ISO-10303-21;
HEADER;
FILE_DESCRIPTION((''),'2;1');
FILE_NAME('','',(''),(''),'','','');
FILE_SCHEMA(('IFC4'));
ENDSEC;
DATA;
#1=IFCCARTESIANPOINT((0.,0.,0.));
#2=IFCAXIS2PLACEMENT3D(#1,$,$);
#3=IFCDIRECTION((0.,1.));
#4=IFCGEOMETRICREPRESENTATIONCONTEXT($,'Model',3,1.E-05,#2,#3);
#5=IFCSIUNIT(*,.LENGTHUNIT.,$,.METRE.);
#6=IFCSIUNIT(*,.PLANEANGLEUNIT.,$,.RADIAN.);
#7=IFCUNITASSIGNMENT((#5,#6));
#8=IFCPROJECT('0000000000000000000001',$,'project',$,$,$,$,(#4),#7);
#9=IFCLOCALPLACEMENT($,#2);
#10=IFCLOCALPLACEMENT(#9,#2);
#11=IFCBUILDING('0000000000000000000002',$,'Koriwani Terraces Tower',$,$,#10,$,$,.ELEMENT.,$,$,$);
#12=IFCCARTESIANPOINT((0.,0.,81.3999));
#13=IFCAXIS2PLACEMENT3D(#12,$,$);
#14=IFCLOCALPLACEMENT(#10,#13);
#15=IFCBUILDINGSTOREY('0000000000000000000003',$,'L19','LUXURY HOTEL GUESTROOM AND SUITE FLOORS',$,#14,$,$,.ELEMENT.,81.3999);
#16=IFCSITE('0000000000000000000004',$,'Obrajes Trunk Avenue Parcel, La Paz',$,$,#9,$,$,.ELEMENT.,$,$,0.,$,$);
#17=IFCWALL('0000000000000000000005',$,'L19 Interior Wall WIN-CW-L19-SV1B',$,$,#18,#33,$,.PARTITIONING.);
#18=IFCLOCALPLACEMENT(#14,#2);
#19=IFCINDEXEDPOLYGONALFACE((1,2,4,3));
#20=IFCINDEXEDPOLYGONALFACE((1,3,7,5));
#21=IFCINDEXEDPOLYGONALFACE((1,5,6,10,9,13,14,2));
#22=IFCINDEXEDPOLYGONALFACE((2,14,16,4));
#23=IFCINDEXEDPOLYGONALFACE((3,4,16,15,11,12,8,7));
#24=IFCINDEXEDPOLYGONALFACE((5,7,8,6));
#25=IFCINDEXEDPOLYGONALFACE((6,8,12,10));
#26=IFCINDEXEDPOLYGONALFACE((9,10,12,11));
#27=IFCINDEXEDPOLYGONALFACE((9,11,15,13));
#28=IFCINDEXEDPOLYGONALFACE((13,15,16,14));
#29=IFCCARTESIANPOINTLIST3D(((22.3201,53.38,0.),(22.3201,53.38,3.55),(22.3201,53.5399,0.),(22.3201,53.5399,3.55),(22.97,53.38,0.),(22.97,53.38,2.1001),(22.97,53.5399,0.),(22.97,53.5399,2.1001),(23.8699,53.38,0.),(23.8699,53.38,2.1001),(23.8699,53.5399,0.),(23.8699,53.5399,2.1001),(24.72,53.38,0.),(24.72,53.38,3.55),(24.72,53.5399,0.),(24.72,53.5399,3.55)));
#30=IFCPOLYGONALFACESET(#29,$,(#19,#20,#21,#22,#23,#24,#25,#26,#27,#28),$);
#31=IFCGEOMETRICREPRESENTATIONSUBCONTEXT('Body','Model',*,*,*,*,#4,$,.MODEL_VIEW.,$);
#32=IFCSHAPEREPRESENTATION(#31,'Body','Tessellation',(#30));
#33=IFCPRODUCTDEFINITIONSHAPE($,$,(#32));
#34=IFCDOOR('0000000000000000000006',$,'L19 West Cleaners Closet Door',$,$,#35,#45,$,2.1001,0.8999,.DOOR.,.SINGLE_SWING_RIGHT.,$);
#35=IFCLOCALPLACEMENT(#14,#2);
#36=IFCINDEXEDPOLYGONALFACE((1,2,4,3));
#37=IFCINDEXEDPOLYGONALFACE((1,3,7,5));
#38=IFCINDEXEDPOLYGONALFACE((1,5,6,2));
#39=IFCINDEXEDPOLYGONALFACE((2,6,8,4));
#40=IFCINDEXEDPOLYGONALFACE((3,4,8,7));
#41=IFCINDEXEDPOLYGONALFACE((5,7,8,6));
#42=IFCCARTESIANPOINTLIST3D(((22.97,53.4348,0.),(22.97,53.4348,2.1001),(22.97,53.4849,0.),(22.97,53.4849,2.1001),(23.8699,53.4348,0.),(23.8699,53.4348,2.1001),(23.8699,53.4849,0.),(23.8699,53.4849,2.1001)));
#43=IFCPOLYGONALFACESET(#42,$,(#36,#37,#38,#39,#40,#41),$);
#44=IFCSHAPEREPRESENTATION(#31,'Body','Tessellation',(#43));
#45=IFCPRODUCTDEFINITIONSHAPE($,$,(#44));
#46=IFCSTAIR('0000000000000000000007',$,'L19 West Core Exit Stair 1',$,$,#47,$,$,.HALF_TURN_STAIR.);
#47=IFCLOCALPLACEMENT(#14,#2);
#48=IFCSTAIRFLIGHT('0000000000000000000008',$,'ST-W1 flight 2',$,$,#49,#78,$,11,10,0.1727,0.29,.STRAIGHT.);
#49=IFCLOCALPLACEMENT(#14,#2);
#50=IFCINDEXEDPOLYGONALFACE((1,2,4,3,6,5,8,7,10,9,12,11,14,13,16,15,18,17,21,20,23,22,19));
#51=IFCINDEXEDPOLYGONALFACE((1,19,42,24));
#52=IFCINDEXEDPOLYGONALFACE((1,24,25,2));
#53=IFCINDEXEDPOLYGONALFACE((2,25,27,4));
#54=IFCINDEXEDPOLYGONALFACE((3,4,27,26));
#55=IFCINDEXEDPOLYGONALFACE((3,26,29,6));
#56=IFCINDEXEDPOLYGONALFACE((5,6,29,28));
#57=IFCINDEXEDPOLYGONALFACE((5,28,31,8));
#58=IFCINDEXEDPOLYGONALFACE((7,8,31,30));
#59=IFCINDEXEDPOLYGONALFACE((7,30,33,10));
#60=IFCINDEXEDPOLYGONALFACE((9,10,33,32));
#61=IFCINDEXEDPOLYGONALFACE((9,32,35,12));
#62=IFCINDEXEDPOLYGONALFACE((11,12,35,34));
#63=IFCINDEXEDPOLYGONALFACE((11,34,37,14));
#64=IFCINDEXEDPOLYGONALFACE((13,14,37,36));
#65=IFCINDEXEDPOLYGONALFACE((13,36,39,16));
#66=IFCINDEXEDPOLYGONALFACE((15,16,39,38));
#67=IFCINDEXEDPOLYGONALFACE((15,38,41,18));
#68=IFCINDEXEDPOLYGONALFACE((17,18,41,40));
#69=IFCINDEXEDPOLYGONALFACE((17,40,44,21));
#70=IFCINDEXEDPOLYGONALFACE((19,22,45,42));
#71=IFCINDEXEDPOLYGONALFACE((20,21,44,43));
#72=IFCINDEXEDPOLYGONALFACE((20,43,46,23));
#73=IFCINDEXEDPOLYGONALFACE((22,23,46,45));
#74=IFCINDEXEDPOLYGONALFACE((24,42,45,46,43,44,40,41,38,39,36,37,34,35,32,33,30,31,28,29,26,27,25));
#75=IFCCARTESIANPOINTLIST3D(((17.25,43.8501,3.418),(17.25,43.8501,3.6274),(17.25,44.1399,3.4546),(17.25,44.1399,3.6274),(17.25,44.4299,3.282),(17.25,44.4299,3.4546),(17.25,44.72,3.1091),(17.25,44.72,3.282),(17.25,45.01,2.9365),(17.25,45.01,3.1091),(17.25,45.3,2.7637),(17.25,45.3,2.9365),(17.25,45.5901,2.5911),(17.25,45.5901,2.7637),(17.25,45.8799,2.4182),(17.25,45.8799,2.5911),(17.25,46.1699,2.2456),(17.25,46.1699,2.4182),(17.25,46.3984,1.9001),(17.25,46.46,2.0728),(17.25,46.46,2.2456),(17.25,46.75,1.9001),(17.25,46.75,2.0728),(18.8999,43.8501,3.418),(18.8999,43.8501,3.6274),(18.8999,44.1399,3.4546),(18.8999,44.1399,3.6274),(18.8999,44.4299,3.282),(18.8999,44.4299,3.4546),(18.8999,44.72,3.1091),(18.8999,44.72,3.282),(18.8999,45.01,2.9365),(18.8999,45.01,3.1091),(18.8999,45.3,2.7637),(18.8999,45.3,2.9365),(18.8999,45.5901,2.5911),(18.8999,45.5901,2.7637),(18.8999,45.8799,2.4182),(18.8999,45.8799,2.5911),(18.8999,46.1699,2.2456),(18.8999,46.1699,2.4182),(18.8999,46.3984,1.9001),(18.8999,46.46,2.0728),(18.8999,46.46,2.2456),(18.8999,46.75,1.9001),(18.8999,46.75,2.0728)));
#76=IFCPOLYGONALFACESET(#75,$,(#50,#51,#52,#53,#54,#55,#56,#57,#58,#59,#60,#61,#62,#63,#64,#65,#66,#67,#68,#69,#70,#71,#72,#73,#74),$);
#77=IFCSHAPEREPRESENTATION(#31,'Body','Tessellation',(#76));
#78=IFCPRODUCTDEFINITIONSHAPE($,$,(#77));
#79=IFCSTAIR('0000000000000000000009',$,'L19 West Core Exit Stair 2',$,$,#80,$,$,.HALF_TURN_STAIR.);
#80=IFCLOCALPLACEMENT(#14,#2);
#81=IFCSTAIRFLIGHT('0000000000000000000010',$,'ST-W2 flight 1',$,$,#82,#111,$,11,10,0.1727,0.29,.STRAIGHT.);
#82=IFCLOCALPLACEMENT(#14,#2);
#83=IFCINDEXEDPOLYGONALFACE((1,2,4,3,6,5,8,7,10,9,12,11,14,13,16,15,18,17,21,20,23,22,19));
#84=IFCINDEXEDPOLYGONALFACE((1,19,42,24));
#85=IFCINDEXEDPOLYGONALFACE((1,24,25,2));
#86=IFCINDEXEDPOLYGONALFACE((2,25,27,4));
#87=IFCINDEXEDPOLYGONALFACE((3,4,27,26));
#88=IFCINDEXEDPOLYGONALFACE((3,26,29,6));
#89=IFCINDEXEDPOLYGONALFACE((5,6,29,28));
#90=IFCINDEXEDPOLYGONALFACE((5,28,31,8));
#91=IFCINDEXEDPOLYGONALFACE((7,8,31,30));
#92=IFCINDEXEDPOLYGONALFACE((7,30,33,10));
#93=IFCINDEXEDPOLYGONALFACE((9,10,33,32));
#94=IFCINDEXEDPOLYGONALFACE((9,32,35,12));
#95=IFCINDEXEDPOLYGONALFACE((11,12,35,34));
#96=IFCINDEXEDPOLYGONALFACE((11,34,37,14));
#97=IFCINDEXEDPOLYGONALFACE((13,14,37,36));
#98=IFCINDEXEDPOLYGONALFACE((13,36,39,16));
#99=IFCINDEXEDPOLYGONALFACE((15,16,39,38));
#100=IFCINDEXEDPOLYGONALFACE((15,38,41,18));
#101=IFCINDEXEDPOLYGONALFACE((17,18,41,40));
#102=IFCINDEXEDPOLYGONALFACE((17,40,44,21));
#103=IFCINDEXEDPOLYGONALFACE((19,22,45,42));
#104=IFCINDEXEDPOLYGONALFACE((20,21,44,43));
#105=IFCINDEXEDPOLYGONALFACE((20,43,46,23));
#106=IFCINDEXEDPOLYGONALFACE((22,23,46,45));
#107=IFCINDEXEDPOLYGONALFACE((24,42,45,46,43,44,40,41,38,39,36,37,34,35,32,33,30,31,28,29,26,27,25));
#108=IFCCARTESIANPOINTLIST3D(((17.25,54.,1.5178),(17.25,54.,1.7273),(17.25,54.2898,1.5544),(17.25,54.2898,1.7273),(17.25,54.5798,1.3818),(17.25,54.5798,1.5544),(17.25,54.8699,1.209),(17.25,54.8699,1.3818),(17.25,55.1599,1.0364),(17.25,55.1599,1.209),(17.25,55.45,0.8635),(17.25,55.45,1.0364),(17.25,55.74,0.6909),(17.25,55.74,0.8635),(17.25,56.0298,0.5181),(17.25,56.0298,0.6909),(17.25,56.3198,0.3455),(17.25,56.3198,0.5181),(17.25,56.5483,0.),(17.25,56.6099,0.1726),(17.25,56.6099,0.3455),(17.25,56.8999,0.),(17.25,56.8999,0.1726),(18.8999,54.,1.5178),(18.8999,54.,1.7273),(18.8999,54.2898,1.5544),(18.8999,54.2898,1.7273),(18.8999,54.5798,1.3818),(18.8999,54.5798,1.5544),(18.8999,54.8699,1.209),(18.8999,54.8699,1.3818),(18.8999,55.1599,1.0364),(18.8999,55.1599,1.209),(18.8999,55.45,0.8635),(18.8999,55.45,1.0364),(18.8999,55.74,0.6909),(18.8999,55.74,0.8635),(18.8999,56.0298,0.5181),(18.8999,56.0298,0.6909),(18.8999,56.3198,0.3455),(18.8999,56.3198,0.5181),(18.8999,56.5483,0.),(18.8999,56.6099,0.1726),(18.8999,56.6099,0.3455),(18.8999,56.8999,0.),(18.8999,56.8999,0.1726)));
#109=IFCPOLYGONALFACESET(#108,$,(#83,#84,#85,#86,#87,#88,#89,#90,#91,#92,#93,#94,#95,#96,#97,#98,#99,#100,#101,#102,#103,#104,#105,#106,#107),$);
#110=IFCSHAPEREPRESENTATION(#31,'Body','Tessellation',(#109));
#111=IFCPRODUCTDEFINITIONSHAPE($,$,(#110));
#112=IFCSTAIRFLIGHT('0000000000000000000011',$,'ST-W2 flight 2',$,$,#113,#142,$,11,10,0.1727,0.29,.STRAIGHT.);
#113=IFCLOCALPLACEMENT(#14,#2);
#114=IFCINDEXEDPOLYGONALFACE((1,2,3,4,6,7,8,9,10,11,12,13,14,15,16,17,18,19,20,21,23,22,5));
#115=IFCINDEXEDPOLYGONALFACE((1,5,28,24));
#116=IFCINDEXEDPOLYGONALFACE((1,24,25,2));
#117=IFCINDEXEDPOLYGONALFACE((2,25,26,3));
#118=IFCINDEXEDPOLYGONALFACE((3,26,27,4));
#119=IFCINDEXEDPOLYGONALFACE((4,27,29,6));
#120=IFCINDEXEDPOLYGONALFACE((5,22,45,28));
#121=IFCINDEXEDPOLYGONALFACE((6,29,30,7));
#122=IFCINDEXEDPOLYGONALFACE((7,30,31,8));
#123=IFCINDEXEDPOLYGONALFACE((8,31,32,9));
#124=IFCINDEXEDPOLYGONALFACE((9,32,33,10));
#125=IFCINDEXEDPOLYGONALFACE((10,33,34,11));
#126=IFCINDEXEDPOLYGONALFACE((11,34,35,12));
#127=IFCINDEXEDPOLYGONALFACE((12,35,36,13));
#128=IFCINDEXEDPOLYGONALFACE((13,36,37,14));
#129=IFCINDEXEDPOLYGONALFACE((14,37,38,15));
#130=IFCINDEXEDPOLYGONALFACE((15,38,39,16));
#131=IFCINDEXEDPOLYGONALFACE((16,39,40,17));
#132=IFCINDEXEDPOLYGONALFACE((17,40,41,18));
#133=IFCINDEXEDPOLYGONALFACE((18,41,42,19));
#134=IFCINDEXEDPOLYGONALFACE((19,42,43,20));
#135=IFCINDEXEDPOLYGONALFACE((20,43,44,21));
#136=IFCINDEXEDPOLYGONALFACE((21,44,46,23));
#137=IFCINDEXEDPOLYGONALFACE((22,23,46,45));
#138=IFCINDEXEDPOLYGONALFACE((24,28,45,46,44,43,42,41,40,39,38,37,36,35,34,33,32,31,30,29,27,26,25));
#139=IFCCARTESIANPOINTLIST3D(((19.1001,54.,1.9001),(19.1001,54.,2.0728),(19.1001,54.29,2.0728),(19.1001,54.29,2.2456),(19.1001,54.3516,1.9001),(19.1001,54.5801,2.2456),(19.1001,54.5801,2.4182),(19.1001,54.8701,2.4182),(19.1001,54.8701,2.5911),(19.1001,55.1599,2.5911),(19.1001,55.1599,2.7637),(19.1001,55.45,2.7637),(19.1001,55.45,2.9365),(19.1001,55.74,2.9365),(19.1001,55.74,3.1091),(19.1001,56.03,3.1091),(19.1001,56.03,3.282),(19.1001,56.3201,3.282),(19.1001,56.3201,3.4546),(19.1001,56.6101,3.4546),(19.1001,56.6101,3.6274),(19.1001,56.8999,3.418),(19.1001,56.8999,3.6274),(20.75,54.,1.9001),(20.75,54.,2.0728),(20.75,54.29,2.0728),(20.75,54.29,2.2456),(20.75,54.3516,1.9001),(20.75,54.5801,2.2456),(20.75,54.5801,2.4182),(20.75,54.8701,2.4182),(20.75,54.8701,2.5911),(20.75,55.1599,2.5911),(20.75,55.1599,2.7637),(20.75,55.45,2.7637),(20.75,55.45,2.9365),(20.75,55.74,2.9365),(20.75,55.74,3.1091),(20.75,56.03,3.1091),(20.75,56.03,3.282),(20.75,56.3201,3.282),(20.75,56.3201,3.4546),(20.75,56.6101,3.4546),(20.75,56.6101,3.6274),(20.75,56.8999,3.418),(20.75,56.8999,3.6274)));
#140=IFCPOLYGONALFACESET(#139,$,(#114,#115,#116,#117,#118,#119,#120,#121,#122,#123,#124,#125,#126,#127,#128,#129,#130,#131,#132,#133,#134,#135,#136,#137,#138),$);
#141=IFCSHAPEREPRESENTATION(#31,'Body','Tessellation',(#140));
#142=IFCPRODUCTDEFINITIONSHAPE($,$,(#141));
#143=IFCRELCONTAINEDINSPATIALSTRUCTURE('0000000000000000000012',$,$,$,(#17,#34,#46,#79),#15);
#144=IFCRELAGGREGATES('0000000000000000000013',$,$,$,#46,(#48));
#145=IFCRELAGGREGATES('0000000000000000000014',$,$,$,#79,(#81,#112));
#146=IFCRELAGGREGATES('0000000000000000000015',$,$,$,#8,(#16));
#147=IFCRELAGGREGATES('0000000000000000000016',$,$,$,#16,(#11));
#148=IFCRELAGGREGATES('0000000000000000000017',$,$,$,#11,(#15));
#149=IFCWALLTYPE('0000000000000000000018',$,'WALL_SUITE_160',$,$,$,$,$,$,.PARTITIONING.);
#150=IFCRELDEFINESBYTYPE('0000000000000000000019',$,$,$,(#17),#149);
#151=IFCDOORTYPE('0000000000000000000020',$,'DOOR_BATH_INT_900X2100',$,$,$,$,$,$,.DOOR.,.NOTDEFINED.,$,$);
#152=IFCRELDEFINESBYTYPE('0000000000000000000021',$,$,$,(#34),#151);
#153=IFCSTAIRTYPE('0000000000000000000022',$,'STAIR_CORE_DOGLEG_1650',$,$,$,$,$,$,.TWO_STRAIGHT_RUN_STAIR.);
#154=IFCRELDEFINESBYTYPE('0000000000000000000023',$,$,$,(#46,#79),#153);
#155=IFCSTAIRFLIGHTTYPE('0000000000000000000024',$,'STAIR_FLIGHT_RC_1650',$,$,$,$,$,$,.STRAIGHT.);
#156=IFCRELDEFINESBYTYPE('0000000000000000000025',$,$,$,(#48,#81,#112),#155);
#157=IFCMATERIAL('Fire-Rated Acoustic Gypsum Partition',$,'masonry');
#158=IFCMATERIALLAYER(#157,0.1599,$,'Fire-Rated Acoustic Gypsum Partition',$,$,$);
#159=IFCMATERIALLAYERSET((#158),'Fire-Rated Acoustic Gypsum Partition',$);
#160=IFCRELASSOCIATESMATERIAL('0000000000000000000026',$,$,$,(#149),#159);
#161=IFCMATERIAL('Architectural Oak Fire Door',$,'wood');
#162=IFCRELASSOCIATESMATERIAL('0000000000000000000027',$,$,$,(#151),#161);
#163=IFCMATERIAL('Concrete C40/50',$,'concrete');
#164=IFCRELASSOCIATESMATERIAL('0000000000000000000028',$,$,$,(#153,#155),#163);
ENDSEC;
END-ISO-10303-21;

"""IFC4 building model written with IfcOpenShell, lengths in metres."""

from ifc_helpers import new_model, si_unit, direction, frame, frame_2d, origin, place, context, subcontext, project, spatial, polyline, rectangle, outline, extrude, material, layer, layer_set, type_object, element, fill, aggregate, save


model = new_model("IFC4")

# Units and contexts
model_context = context("Model", 3, precision=1e-05, world=origin(), true_north=direction((0.0, 1.0)))
body_context = subcontext(model_context, "Body", "Model", "MODEL_VIEW")
ifc_project = project(units=[si_unit("LENGTHUNIT", "METRE"), si_unit("PLANEANGLEUNIT", "RADIAN")], contexts=[model_context])

# Site, building, storey
site_placement = place(None, origin())
site = spatial("IfcSite", under=ifc_project, at=site_placement, Name="Obrajes Trunk Avenue Parcel, La Paz", CompositionType="ELEMENT", RefElevation=0.0)
building_placement = place(site_placement, origin())
building = spatial("IfcBuilding", under=site, at=building_placement, Name="Koriwani Terraces Tower", CompositionType="ELEMENT")
storey_placement = place(building_placement, frame((0.0, 0.0, 81.3999)))
storey = spatial("IfcBuildingStorey", under=building, at=storey_placement, Name="L19", Description="LUXURY HOTEL GUESTROOM AND SUITE FLOORS", CompositionType="ELEMENT", Elevation=81.3999)

# Shared definitions
ifc_material_1 = material(Name="Concrete C40/50", Category="concrete")

# Wall, opening, door
ifc_material_2 = material(Name="Fire-Rated Acoustic Gypsum Partition", Category="masonry")
ifc_layer_1 = layer(ifc_material_2, 0.1599, Name="Fire-Rated Acoustic Gypsum Partition")
ifc_layer_set_1 = layer_set([ifc_layer_1], Name="Fire-Rated Acoustic Gypsum Partition")
wall_type_1 = type_object("IfcWallType", Name="WALL_SUITE_160", PredefinedType="PARTITIONING", material=ifc_layer_set_1)
ifc_material_3 = material(Name="Architectural Oak Fire Door", Category="wood")
door_type_1 = type_object("IfcDoorType", Name="DOOR_BATH_INT_900X2100", OperationType="NOTDEFINED", PredefinedType="DOOR", material=ifc_material_3)
wall_1_placement = place(storey_placement, frame((22.3201, 53.46, 0.0), z_axis=(0.0, 0.0, 1.0), x_axis=(1.0, 0.0, 0.0)))
wall_1 = element("IfcWall", 1, at=wall_1_placement, inside=storey, type_object=wall_type_1, Name="L19 Interior Wall WIN-CW-L19-SV1B", PredefinedType="PARTITIONING", context=body_context, shape_type="SweptSolid", body=[
    extrude(rectangle(XDim=2.3999, YDim=0.1599, at=frame_2d((1.2, 0.0))), origin(), (0.0, 0.0, 1.0), 3.55),
])
opening_1_placement = place(wall_1_placement, frame((0.6499, 0.0, 0.0)))
opening_1 = element("IfcOpeningElement", 2, at=opening_1_placement, cuts=wall_1, PredefinedType="OPENING", context=body_context, shape_type="SweptSolid", body=[
    extrude(rectangle(XDim=0.8999, YDim=2.1001, at=frame_2d((0.45, 1.05))), frame((0.0, 0.0898, 0.0), z_axis=(0.0, -1.0, 0.0), x_axis=(1.0, 0.0, 0.0)), (0.0, 0.0, 1.0), 0.1799),
])
door_1_placement = place(opening_1_placement, origin())
door_1 = element("IfcDoor", 3, at=door_1_placement, inside=storey, type_object=door_type_1, Name="L19 West Cleaners Closet Door", OperationType="SINGLE_SWING_RIGHT", OverallHeight=2.1001, OverallWidth=0.8999, PredefinedType="DOOR", context=body_context, shape_type="SweptSolid", body=[
    extrude(rectangle(XDim=0.8999, YDim=2.1001, at=frame_2d((0.45, 1.05))), frame((0.0, 0.0249, 0.0), z_axis=(0.0, -1.0, 0.0), x_axis=(1.0, 0.0, 0.0)), (0.0, 0.0, 1.0), 0.05),
])
fill(opening_1, door_1)

# Stair, stair flight
stair_type = type_object("IfcStairType", Name="STAIR_CORE_DOGLEG_1650", PredefinedType="TWO_STRAIGHT_RUN_STAIR", material=ifc_material_1)
stair_1_placement = place(storey_placement, origin())
stair_1 = element("IfcStair", 4, at=stair_1_placement, inside=storey, type_object=stair_type, Name="L19 West Core Exit Stair 1", PredefinedType="HALF_TURN_STAIR")
stair_flight_type = type_object("IfcStairFlightType", Name="STAIR_FLIGHT_RC_1650", PredefinedType="STRAIGHT", material=ifc_material_1)
stair_flight_1_placement = place(storey_placement, frame((18.075, 46.75, 1.9001), z_axis=(0.0, 0.0, 1.0), x_axis=(0.0, -1.0, 0.0)))
stair_flight_1 = element("IfcStairFlight", 5, at=stair_flight_1_placement, type_object=stair_flight_type, Name="ST-W1 flight 2", NumberOfRisers=11, NumberOfTreads=10, PredefinedType="STRAIGHT", RiserHeight=0.1727, TreadLength=0.29, context=body_context, shape_type="SweptSolid", body=[
    extrude(outline(polyline([(0.0, 0.0), (0.0, 0.1726), (0.29, 0.1726), (0.29, 0.3455), (0.5801, 0.3455), (0.5801, 0.5181), (0.8701, 0.5181), (0.8701, 0.6909), (1.1599, 0.6909), (1.1599, 0.8635), (1.45, 0.8635), (1.45, 1.0364), (1.74, 1.0364), (1.74, 1.209), (2.03, 1.209), (2.03, 1.3818), (2.3201, 1.3818), (2.3201, 1.5544), (2.6101, 1.5544), (2.6101, 1.7273), (2.8999, 1.7273), (2.8999, 1.8999), (2.8999, 1.5178), (0.3516, 0.0), (0.0, 0.0)])), frame((0.0, 0.825, 0.0), z_axis=(0.0, -1.0, 0.0), x_axis=(1.0, 0.0, 0.0)), (0.0, 0.0, 1.0), 1.6499),
])
aggregate(stair_1, [stair_flight_1])

# Stair, stair flights
stair_2_placement = place(storey_placement, origin())
stair_2 = element("IfcStair", 6, at=stair_2_placement, inside=storey, type_object=stair_type, Name="L19 West Core Exit Stair 2", PredefinedType="HALF_TURN_STAIR")
stair_flight_2_placement = place(storey_placement, frame((18.075, 56.8999, 0.0), z_axis=(0.0, 0.0, 1.0), x_axis=(0.0, -1.0, 0.0)))
stair_flight_2 = element("IfcStairFlight", 7, at=stair_flight_2_placement, type_object=stair_flight_type, Name="ST-W2 flight 1", NumberOfRisers=11, NumberOfTreads=10, PredefinedType="STRAIGHT", RiserHeight=0.1727, TreadLength=0.29, context=body_context, shape_type="SweptSolid", body=[
    extrude(outline(polyline([(0.0, 0.0), (0.0, 0.1726), (0.29, 0.1726), (0.29, 0.3455), (0.5801, 0.3455), (0.5801, 0.5181), (0.8701, 0.5181), (0.8701, 0.6909), (1.1599, 0.6909), (1.1599, 0.8635), (1.45, 0.8635), (1.45, 1.0364), (1.74, 1.0364), (1.74, 1.209), (2.03, 1.209), (2.03, 1.3818), (2.3201, 1.3818), (2.3201, 1.5544), (2.6101, 1.5544), (2.6101, 1.7273), (2.8999, 1.7273), (2.8999, 1.8999), (2.8999, 1.5178), (0.3516, 0.0), (0.0, 0.0)])), frame((0.0, 0.825, 0.0), z_axis=(0.0, -1.0, 0.0), x_axis=(1.0, 0.0, 0.0)), (0.0, 0.0, 1.0), 1.6499),
])
stair_flight_3_placement = place(storey_placement, frame((19.925, 54.0, 1.9001), z_axis=(0.0, 0.0, 1.0), x_axis=(0.0, 1.0, 0.0)))
stair_flight_3 = element("IfcStairFlight", 8, at=stair_flight_3_placement, type_object=stair_flight_type, Name="ST-W2 flight 2", NumberOfRisers=11, NumberOfTreads=10, PredefinedType="STRAIGHT", RiserHeight=0.1727, TreadLength=0.29, context=body_context, shape_type="SweptSolid", body=[
    extrude(outline(polyline([(0.0, 0.0), (0.0, 0.1726), (0.29, 0.1726), (0.29, 0.3455), (0.5801, 0.3455), (0.5801, 0.5181), (0.8701, 0.5181), (0.8701, 0.6909), (1.1599, 0.6909), (1.1599, 0.8635), (1.45, 0.8635), (1.45, 1.0364), (1.74, 1.0364), (1.74, 1.209), (2.03, 1.209), (2.03, 1.3818), (2.3201, 1.3818), (2.3201, 1.5544), (2.6101, 1.5544), (2.6101, 1.7273), (2.8999, 1.7273), (2.8999, 1.8999), (2.8999, 1.5178), (0.3516, 0.0), (0.0, 0.0)])), frame((0.0, 0.825, 0.0), z_axis=(0.0, -1.0, 0.0), x_axis=(1.0, 0.0, 0.0)), (0.0, 0.0, 1.0), 1.6499),
])
aggregate(stair_2, [stair_flight_2, stair_flight_3])

save(model, "model.ifc")
